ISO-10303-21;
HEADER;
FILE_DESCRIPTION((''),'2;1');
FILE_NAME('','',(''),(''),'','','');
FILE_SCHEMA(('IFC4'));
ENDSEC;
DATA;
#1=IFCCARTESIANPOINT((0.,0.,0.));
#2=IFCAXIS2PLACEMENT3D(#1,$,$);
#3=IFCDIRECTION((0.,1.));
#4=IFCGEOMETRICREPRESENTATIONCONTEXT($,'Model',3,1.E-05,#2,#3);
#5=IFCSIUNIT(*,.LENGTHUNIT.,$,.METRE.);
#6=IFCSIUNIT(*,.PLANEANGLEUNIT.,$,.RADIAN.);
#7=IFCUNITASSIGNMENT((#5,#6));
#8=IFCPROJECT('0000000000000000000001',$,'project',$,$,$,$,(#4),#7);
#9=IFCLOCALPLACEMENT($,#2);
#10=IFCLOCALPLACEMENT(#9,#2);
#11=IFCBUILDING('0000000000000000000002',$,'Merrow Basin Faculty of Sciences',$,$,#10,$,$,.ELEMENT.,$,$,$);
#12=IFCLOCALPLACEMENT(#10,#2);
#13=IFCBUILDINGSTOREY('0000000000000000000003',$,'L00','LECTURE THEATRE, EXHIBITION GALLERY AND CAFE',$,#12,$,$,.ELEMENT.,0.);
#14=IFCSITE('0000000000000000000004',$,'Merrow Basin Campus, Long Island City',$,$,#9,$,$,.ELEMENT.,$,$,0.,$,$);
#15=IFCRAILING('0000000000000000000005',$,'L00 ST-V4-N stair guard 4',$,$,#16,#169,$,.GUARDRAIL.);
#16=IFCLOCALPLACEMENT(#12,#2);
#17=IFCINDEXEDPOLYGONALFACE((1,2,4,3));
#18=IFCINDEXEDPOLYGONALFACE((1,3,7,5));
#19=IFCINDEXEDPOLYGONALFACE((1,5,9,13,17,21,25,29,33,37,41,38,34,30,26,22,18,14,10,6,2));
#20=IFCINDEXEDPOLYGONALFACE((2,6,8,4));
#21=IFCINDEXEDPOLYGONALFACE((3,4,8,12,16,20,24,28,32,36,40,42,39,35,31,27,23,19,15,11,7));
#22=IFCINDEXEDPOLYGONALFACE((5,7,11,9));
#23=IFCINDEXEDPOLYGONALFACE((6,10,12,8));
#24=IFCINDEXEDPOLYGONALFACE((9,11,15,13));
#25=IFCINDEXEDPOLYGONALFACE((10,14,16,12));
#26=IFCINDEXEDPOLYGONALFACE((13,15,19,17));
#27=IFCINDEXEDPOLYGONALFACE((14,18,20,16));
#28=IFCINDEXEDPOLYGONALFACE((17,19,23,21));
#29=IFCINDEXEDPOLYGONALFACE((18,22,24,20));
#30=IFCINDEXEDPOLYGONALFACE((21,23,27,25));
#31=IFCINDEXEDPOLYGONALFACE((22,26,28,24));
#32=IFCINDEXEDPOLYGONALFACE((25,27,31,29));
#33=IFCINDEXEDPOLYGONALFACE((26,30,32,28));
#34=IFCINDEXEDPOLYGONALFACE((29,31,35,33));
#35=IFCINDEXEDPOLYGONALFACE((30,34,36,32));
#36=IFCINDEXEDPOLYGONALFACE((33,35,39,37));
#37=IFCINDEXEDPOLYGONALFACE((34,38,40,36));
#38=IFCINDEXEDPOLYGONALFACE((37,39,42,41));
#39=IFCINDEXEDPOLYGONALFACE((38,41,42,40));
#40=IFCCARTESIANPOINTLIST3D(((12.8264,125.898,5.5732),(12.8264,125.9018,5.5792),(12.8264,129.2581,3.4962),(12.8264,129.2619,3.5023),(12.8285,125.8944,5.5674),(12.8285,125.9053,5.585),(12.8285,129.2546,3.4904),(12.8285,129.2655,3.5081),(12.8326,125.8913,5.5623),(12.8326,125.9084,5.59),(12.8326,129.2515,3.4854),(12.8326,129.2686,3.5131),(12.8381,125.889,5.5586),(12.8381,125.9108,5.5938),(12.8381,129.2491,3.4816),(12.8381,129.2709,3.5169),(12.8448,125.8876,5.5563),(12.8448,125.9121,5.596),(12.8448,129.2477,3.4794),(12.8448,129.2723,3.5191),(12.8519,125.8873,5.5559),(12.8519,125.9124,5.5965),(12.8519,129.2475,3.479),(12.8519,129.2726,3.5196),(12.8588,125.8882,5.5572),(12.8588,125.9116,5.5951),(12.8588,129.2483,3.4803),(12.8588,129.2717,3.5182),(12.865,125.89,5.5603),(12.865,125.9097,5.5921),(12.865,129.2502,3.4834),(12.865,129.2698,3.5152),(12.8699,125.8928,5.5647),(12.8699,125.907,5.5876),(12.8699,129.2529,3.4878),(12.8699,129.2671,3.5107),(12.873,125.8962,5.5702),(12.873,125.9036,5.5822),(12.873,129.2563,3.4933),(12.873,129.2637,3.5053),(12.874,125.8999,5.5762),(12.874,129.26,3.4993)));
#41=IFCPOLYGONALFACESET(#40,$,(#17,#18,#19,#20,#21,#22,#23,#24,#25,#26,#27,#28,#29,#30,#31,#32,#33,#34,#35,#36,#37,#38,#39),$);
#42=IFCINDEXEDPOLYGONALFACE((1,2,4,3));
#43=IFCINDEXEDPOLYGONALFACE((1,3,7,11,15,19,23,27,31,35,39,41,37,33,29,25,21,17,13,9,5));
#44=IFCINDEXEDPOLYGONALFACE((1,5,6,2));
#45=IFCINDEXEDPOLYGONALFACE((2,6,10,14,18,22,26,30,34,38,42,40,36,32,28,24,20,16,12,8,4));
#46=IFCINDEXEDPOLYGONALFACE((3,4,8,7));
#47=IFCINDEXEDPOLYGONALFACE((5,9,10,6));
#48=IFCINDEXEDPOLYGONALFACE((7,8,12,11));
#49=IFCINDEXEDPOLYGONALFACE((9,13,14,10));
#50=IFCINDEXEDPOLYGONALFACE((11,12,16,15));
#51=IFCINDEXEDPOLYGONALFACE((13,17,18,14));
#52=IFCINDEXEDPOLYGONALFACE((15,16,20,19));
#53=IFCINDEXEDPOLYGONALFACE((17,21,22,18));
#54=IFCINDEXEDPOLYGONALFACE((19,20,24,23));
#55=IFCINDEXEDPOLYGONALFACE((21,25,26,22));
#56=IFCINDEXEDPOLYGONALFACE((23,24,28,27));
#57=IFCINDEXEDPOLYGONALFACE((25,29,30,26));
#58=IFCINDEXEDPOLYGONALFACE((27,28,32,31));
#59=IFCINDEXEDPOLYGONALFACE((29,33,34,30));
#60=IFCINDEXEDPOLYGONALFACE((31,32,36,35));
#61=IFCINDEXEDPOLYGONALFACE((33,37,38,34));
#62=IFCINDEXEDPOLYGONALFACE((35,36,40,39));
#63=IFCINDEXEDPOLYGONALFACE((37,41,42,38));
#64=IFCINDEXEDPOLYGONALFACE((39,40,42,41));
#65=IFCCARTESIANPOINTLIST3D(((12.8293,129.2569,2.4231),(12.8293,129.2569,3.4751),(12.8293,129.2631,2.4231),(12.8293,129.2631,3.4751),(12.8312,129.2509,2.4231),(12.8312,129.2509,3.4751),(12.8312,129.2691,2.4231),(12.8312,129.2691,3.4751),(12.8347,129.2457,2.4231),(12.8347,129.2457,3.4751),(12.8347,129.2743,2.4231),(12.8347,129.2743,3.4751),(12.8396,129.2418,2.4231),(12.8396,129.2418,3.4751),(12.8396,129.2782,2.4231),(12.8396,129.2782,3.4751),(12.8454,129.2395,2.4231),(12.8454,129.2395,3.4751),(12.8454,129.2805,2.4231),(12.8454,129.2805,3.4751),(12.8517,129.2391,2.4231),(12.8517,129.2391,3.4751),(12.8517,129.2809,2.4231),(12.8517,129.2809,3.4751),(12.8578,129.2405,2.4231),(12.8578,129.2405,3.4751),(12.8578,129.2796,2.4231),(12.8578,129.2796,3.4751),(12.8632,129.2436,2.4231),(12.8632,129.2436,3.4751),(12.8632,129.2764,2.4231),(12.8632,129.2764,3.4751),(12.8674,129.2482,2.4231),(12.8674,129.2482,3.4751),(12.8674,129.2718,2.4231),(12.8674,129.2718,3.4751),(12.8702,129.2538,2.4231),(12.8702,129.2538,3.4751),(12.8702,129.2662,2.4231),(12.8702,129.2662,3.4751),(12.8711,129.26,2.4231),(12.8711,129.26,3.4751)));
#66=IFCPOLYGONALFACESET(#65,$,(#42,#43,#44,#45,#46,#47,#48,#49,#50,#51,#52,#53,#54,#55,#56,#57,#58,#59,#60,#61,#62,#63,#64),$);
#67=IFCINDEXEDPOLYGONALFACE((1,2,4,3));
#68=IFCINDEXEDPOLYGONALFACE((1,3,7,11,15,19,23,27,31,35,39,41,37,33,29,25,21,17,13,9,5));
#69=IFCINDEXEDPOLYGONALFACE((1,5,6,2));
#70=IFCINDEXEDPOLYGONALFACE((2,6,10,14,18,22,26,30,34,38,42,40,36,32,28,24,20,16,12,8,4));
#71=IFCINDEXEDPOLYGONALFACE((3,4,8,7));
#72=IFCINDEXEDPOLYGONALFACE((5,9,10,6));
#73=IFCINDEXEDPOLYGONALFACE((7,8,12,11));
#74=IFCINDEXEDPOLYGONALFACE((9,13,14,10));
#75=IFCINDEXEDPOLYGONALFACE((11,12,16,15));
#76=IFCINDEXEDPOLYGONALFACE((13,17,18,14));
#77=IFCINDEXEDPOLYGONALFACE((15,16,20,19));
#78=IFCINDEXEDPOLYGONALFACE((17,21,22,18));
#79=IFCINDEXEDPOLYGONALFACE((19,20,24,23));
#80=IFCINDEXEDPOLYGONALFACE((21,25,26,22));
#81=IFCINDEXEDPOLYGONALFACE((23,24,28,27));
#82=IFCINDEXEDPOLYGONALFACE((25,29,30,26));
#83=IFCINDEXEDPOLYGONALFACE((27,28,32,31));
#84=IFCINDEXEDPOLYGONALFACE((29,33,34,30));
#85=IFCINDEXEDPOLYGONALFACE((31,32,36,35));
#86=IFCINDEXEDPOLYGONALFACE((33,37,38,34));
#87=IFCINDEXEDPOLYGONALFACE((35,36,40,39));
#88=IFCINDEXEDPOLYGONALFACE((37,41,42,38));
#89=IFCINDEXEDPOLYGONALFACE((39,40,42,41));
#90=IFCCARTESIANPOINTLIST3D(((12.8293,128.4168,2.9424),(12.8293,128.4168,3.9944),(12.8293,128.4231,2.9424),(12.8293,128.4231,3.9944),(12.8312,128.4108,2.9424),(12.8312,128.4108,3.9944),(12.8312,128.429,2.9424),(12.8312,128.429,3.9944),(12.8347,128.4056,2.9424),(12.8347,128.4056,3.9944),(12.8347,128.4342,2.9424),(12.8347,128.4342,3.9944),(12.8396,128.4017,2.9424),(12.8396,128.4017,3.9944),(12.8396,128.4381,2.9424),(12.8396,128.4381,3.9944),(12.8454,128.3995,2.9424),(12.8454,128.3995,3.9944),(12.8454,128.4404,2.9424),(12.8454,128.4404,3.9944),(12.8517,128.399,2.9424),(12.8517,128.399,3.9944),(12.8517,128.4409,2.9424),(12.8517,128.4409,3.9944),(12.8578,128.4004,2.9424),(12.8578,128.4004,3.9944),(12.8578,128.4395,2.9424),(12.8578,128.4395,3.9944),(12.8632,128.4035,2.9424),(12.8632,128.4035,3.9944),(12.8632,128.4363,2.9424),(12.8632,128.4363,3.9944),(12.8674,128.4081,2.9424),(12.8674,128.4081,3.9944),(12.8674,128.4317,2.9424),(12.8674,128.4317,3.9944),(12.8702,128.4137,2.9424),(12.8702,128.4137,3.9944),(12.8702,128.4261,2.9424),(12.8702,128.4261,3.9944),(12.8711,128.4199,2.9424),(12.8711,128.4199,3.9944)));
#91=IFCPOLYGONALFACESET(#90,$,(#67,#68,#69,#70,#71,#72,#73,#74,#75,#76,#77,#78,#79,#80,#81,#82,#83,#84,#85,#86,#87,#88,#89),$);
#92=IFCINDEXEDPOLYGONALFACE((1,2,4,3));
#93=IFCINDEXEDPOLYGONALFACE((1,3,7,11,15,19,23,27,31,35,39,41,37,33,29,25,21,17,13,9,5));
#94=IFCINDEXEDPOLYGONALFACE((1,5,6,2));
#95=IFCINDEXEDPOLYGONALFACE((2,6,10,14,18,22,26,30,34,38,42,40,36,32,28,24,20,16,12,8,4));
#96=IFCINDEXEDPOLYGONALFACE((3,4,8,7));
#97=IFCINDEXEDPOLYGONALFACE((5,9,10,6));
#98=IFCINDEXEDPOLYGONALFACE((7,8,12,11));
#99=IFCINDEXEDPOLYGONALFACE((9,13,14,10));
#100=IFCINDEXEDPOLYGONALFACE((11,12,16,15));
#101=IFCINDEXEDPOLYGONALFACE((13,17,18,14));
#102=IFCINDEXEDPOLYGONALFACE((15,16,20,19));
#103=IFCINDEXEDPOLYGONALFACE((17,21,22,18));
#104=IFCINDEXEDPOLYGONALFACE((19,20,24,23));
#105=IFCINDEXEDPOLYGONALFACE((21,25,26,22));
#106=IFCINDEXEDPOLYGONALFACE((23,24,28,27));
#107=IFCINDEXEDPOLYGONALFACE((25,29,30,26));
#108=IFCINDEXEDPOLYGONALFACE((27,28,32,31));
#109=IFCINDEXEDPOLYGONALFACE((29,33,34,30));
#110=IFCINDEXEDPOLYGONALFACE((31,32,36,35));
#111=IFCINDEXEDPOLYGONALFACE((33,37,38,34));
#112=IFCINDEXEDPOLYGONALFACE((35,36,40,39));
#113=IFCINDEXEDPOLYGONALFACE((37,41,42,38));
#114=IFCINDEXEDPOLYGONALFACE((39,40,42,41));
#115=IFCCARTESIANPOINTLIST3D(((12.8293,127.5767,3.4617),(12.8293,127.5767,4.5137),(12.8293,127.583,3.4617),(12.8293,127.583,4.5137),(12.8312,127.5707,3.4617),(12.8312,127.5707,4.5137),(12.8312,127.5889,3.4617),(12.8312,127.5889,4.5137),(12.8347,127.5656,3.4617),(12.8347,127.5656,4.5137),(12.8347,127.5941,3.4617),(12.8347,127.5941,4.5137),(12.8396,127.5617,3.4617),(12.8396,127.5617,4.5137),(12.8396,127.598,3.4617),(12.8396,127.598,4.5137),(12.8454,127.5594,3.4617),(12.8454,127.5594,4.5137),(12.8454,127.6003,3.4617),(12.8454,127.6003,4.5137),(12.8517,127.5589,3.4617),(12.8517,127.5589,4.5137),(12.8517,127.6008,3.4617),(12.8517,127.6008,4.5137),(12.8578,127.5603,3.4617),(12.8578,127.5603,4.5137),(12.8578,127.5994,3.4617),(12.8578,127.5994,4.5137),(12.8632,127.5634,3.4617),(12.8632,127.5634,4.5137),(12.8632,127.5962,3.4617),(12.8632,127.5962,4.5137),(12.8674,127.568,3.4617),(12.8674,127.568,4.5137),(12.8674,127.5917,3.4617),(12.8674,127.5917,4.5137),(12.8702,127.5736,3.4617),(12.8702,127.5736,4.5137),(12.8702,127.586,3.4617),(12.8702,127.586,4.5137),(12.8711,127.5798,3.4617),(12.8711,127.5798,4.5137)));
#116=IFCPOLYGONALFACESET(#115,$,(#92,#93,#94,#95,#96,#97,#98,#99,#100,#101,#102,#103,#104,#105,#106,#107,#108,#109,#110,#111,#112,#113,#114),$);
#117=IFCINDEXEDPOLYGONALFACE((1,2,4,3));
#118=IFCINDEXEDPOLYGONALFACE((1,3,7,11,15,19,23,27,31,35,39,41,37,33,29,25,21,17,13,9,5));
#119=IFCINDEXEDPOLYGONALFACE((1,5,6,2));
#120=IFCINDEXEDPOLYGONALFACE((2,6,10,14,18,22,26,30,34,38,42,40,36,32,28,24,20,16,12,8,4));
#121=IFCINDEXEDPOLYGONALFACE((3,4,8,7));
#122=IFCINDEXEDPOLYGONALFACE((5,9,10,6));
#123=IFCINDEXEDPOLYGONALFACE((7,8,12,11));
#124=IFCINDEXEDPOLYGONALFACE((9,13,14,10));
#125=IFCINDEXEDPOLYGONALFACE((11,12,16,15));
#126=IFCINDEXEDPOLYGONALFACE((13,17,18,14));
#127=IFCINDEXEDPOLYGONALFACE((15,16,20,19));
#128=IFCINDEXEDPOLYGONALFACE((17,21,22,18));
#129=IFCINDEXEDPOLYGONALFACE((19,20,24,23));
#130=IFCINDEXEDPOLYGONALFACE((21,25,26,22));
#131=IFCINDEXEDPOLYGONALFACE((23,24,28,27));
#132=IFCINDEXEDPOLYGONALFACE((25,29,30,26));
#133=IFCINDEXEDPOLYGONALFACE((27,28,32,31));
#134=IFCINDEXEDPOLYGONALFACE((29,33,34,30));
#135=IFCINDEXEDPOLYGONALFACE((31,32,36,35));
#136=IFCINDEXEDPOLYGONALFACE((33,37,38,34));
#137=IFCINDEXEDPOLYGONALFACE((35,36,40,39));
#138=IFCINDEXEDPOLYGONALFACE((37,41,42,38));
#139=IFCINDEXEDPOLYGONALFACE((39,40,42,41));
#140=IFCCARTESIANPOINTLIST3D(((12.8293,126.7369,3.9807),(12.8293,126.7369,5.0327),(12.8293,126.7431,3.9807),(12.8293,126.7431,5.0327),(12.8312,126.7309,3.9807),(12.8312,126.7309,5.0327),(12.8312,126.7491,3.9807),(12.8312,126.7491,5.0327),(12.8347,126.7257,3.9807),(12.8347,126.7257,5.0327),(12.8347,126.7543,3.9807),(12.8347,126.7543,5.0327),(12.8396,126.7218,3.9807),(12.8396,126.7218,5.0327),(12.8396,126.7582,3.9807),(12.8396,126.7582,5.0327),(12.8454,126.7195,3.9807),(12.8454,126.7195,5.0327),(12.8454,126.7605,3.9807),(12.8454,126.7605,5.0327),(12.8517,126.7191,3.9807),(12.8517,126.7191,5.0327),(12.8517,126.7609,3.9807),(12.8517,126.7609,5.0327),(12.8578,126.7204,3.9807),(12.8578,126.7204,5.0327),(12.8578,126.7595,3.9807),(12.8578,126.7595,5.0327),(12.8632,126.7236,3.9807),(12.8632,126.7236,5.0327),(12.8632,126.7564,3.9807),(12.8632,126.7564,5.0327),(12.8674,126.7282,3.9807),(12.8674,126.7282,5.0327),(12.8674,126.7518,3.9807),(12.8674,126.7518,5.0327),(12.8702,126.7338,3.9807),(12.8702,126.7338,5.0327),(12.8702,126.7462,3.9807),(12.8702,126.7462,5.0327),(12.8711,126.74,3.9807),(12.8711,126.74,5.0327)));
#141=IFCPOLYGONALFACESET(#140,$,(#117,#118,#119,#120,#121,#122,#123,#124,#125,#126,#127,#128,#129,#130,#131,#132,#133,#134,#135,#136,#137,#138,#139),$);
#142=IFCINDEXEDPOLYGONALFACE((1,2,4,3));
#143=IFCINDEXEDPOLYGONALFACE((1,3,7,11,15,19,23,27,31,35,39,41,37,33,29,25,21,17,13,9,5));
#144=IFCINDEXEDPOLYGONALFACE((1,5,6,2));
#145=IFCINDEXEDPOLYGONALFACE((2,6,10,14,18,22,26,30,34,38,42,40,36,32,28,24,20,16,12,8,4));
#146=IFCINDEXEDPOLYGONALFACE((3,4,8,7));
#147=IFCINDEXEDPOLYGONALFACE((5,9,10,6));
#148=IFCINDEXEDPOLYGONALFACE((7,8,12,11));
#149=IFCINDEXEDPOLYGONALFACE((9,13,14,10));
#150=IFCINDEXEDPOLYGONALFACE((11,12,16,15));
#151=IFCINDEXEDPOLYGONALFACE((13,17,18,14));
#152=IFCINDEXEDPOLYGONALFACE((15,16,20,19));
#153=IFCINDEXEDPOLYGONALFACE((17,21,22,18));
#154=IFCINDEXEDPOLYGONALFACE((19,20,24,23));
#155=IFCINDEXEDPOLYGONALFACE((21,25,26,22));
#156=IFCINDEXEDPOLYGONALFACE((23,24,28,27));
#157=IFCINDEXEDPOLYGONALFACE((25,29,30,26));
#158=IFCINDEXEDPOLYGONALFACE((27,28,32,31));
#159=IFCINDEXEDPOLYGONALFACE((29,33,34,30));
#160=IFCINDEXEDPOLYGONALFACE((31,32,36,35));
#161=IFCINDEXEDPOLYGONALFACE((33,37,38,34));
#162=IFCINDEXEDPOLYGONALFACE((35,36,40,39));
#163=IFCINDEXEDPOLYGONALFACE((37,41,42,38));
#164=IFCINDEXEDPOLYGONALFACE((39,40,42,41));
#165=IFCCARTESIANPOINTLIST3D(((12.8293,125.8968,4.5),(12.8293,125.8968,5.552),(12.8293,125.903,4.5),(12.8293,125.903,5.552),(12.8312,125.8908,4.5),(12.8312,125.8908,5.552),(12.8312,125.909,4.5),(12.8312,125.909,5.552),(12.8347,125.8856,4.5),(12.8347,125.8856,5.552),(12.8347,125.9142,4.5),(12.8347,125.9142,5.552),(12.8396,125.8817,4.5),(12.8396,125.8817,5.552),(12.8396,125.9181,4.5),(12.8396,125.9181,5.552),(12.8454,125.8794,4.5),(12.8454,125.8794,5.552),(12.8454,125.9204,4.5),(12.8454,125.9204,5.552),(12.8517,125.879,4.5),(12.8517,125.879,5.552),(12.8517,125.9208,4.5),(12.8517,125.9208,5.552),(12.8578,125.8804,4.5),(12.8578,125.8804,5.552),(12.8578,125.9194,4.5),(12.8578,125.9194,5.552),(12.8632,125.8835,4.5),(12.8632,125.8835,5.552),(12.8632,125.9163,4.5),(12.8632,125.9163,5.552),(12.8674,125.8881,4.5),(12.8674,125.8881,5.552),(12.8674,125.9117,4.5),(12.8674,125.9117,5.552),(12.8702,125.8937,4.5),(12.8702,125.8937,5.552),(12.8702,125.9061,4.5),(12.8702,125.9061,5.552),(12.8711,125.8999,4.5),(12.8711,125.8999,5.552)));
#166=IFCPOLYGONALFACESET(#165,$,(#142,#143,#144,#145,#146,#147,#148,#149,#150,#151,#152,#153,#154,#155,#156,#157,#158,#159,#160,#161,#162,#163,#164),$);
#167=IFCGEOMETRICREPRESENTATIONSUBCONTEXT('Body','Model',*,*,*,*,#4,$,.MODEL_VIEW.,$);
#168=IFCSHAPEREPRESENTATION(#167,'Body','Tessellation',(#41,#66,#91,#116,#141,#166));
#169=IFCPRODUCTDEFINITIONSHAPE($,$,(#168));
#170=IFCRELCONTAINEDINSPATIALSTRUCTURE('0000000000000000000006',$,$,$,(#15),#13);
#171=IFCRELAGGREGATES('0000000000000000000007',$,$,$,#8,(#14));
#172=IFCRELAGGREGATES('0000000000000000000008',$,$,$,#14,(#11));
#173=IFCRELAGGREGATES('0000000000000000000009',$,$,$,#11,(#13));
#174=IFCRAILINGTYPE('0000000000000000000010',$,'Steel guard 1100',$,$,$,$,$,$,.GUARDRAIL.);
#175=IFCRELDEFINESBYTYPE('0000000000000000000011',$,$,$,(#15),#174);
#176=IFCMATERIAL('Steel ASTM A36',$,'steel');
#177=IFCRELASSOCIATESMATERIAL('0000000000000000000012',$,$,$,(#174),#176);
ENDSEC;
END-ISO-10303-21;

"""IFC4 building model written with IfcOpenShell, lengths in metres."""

from ifc_helpers import new_model, si_unit, direction, frame, origin, origin_2d, place, context, subcontext, project, spatial, circle, extrude, material, type_object, element, save


model = new_model("IFC4")

# Units and contexts
model_context = context("Model", 3, precision=1e-05, world=origin(), true_north=direction((0.0, 1.0)))
body_context = subcontext(model_context, "Body", "Model", "MODEL_VIEW")
ifc_project = project(units=[si_unit("LENGTHUNIT", "METRE"), si_unit("PLANEANGLEUNIT", "RADIAN")], contexts=[model_context])

# Site, building, storey
site_placement = place(None, origin())
site = spatial("IfcSite", under=ifc_project, at=site_placement, Name="Merrow Basin Campus, Long Island City", CompositionType="ELEMENT", RefElevation=0.0)
building_placement = place(site_placement, origin())
building = spatial("IfcBuilding", under=site, at=building_placement, Name="Merrow Basin Faculty of Sciences", CompositionType="ELEMENT")
storey_placement = place(building_placement, origin())
storey = spatial("IfcBuildingStorey", under=building, at=storey_placement, Name="L00", Description="LECTURE THEATRE, EXHIBITION GALLERY AND CAFE", CompositionType="ELEMENT", Elevation=0.0)

# Railing
ifc_material_1 = material(Name="Steel ASTM A36", Category="steel")
railing_type_1 = type_object("IfcRailingType", Name="Steel guard 1100", PredefinedType="GUARDRAIL", material=ifc_material_1)
railing_1_placement = place(storey_placement, frame((12.8501, 129.26, 2.4231)))
element("IfcRailing", 1, at=railing_1_placement, inside=storey, type_object=railing_type_1, Name="L00 ST-V4-N stair guard 4", PredefinedType="GUARDRAIL", context=body_context, shape_type="SweptSolid", body=[
    extrude(circle(Radius=0.0239, at=origin_2d()), frame((0.0, 0.0, 1.0762), z_axis=(0.0, -0.850623, 0.525776), x_axis=(1.0, 0.0, 0.0)), (0.0, 0.0, 1.0), 3.9502),
    extrude(circle(Radius=0.021, at=origin_2d()), origin(), (0.0, 0.0, 1.0), 1.052),
    extrude(circle(Radius=0.021, at=origin_2d()), frame((0.0, -0.8401, 0.5193)), (0.0, 0.0, 1.0), 1.052),
    extrude(circle(Radius=0.021, at=origin_2d()), frame((0.0, -1.6802, 1.0386)), (0.0, 0.0, 1.0), 1.052),
    extrude(circle(Radius=0.021, at=origin_2d()), frame((0.0, -2.52, 1.5576)), (0.0, 0.0, 1.0), 1.052),
    extrude(circle(Radius=0.021, at=origin_2d()), frame((0.0, -3.3601, 2.0769)), (0.0, 0.0, 1.0), 1.052),
])

save(model, "model.ifc")
